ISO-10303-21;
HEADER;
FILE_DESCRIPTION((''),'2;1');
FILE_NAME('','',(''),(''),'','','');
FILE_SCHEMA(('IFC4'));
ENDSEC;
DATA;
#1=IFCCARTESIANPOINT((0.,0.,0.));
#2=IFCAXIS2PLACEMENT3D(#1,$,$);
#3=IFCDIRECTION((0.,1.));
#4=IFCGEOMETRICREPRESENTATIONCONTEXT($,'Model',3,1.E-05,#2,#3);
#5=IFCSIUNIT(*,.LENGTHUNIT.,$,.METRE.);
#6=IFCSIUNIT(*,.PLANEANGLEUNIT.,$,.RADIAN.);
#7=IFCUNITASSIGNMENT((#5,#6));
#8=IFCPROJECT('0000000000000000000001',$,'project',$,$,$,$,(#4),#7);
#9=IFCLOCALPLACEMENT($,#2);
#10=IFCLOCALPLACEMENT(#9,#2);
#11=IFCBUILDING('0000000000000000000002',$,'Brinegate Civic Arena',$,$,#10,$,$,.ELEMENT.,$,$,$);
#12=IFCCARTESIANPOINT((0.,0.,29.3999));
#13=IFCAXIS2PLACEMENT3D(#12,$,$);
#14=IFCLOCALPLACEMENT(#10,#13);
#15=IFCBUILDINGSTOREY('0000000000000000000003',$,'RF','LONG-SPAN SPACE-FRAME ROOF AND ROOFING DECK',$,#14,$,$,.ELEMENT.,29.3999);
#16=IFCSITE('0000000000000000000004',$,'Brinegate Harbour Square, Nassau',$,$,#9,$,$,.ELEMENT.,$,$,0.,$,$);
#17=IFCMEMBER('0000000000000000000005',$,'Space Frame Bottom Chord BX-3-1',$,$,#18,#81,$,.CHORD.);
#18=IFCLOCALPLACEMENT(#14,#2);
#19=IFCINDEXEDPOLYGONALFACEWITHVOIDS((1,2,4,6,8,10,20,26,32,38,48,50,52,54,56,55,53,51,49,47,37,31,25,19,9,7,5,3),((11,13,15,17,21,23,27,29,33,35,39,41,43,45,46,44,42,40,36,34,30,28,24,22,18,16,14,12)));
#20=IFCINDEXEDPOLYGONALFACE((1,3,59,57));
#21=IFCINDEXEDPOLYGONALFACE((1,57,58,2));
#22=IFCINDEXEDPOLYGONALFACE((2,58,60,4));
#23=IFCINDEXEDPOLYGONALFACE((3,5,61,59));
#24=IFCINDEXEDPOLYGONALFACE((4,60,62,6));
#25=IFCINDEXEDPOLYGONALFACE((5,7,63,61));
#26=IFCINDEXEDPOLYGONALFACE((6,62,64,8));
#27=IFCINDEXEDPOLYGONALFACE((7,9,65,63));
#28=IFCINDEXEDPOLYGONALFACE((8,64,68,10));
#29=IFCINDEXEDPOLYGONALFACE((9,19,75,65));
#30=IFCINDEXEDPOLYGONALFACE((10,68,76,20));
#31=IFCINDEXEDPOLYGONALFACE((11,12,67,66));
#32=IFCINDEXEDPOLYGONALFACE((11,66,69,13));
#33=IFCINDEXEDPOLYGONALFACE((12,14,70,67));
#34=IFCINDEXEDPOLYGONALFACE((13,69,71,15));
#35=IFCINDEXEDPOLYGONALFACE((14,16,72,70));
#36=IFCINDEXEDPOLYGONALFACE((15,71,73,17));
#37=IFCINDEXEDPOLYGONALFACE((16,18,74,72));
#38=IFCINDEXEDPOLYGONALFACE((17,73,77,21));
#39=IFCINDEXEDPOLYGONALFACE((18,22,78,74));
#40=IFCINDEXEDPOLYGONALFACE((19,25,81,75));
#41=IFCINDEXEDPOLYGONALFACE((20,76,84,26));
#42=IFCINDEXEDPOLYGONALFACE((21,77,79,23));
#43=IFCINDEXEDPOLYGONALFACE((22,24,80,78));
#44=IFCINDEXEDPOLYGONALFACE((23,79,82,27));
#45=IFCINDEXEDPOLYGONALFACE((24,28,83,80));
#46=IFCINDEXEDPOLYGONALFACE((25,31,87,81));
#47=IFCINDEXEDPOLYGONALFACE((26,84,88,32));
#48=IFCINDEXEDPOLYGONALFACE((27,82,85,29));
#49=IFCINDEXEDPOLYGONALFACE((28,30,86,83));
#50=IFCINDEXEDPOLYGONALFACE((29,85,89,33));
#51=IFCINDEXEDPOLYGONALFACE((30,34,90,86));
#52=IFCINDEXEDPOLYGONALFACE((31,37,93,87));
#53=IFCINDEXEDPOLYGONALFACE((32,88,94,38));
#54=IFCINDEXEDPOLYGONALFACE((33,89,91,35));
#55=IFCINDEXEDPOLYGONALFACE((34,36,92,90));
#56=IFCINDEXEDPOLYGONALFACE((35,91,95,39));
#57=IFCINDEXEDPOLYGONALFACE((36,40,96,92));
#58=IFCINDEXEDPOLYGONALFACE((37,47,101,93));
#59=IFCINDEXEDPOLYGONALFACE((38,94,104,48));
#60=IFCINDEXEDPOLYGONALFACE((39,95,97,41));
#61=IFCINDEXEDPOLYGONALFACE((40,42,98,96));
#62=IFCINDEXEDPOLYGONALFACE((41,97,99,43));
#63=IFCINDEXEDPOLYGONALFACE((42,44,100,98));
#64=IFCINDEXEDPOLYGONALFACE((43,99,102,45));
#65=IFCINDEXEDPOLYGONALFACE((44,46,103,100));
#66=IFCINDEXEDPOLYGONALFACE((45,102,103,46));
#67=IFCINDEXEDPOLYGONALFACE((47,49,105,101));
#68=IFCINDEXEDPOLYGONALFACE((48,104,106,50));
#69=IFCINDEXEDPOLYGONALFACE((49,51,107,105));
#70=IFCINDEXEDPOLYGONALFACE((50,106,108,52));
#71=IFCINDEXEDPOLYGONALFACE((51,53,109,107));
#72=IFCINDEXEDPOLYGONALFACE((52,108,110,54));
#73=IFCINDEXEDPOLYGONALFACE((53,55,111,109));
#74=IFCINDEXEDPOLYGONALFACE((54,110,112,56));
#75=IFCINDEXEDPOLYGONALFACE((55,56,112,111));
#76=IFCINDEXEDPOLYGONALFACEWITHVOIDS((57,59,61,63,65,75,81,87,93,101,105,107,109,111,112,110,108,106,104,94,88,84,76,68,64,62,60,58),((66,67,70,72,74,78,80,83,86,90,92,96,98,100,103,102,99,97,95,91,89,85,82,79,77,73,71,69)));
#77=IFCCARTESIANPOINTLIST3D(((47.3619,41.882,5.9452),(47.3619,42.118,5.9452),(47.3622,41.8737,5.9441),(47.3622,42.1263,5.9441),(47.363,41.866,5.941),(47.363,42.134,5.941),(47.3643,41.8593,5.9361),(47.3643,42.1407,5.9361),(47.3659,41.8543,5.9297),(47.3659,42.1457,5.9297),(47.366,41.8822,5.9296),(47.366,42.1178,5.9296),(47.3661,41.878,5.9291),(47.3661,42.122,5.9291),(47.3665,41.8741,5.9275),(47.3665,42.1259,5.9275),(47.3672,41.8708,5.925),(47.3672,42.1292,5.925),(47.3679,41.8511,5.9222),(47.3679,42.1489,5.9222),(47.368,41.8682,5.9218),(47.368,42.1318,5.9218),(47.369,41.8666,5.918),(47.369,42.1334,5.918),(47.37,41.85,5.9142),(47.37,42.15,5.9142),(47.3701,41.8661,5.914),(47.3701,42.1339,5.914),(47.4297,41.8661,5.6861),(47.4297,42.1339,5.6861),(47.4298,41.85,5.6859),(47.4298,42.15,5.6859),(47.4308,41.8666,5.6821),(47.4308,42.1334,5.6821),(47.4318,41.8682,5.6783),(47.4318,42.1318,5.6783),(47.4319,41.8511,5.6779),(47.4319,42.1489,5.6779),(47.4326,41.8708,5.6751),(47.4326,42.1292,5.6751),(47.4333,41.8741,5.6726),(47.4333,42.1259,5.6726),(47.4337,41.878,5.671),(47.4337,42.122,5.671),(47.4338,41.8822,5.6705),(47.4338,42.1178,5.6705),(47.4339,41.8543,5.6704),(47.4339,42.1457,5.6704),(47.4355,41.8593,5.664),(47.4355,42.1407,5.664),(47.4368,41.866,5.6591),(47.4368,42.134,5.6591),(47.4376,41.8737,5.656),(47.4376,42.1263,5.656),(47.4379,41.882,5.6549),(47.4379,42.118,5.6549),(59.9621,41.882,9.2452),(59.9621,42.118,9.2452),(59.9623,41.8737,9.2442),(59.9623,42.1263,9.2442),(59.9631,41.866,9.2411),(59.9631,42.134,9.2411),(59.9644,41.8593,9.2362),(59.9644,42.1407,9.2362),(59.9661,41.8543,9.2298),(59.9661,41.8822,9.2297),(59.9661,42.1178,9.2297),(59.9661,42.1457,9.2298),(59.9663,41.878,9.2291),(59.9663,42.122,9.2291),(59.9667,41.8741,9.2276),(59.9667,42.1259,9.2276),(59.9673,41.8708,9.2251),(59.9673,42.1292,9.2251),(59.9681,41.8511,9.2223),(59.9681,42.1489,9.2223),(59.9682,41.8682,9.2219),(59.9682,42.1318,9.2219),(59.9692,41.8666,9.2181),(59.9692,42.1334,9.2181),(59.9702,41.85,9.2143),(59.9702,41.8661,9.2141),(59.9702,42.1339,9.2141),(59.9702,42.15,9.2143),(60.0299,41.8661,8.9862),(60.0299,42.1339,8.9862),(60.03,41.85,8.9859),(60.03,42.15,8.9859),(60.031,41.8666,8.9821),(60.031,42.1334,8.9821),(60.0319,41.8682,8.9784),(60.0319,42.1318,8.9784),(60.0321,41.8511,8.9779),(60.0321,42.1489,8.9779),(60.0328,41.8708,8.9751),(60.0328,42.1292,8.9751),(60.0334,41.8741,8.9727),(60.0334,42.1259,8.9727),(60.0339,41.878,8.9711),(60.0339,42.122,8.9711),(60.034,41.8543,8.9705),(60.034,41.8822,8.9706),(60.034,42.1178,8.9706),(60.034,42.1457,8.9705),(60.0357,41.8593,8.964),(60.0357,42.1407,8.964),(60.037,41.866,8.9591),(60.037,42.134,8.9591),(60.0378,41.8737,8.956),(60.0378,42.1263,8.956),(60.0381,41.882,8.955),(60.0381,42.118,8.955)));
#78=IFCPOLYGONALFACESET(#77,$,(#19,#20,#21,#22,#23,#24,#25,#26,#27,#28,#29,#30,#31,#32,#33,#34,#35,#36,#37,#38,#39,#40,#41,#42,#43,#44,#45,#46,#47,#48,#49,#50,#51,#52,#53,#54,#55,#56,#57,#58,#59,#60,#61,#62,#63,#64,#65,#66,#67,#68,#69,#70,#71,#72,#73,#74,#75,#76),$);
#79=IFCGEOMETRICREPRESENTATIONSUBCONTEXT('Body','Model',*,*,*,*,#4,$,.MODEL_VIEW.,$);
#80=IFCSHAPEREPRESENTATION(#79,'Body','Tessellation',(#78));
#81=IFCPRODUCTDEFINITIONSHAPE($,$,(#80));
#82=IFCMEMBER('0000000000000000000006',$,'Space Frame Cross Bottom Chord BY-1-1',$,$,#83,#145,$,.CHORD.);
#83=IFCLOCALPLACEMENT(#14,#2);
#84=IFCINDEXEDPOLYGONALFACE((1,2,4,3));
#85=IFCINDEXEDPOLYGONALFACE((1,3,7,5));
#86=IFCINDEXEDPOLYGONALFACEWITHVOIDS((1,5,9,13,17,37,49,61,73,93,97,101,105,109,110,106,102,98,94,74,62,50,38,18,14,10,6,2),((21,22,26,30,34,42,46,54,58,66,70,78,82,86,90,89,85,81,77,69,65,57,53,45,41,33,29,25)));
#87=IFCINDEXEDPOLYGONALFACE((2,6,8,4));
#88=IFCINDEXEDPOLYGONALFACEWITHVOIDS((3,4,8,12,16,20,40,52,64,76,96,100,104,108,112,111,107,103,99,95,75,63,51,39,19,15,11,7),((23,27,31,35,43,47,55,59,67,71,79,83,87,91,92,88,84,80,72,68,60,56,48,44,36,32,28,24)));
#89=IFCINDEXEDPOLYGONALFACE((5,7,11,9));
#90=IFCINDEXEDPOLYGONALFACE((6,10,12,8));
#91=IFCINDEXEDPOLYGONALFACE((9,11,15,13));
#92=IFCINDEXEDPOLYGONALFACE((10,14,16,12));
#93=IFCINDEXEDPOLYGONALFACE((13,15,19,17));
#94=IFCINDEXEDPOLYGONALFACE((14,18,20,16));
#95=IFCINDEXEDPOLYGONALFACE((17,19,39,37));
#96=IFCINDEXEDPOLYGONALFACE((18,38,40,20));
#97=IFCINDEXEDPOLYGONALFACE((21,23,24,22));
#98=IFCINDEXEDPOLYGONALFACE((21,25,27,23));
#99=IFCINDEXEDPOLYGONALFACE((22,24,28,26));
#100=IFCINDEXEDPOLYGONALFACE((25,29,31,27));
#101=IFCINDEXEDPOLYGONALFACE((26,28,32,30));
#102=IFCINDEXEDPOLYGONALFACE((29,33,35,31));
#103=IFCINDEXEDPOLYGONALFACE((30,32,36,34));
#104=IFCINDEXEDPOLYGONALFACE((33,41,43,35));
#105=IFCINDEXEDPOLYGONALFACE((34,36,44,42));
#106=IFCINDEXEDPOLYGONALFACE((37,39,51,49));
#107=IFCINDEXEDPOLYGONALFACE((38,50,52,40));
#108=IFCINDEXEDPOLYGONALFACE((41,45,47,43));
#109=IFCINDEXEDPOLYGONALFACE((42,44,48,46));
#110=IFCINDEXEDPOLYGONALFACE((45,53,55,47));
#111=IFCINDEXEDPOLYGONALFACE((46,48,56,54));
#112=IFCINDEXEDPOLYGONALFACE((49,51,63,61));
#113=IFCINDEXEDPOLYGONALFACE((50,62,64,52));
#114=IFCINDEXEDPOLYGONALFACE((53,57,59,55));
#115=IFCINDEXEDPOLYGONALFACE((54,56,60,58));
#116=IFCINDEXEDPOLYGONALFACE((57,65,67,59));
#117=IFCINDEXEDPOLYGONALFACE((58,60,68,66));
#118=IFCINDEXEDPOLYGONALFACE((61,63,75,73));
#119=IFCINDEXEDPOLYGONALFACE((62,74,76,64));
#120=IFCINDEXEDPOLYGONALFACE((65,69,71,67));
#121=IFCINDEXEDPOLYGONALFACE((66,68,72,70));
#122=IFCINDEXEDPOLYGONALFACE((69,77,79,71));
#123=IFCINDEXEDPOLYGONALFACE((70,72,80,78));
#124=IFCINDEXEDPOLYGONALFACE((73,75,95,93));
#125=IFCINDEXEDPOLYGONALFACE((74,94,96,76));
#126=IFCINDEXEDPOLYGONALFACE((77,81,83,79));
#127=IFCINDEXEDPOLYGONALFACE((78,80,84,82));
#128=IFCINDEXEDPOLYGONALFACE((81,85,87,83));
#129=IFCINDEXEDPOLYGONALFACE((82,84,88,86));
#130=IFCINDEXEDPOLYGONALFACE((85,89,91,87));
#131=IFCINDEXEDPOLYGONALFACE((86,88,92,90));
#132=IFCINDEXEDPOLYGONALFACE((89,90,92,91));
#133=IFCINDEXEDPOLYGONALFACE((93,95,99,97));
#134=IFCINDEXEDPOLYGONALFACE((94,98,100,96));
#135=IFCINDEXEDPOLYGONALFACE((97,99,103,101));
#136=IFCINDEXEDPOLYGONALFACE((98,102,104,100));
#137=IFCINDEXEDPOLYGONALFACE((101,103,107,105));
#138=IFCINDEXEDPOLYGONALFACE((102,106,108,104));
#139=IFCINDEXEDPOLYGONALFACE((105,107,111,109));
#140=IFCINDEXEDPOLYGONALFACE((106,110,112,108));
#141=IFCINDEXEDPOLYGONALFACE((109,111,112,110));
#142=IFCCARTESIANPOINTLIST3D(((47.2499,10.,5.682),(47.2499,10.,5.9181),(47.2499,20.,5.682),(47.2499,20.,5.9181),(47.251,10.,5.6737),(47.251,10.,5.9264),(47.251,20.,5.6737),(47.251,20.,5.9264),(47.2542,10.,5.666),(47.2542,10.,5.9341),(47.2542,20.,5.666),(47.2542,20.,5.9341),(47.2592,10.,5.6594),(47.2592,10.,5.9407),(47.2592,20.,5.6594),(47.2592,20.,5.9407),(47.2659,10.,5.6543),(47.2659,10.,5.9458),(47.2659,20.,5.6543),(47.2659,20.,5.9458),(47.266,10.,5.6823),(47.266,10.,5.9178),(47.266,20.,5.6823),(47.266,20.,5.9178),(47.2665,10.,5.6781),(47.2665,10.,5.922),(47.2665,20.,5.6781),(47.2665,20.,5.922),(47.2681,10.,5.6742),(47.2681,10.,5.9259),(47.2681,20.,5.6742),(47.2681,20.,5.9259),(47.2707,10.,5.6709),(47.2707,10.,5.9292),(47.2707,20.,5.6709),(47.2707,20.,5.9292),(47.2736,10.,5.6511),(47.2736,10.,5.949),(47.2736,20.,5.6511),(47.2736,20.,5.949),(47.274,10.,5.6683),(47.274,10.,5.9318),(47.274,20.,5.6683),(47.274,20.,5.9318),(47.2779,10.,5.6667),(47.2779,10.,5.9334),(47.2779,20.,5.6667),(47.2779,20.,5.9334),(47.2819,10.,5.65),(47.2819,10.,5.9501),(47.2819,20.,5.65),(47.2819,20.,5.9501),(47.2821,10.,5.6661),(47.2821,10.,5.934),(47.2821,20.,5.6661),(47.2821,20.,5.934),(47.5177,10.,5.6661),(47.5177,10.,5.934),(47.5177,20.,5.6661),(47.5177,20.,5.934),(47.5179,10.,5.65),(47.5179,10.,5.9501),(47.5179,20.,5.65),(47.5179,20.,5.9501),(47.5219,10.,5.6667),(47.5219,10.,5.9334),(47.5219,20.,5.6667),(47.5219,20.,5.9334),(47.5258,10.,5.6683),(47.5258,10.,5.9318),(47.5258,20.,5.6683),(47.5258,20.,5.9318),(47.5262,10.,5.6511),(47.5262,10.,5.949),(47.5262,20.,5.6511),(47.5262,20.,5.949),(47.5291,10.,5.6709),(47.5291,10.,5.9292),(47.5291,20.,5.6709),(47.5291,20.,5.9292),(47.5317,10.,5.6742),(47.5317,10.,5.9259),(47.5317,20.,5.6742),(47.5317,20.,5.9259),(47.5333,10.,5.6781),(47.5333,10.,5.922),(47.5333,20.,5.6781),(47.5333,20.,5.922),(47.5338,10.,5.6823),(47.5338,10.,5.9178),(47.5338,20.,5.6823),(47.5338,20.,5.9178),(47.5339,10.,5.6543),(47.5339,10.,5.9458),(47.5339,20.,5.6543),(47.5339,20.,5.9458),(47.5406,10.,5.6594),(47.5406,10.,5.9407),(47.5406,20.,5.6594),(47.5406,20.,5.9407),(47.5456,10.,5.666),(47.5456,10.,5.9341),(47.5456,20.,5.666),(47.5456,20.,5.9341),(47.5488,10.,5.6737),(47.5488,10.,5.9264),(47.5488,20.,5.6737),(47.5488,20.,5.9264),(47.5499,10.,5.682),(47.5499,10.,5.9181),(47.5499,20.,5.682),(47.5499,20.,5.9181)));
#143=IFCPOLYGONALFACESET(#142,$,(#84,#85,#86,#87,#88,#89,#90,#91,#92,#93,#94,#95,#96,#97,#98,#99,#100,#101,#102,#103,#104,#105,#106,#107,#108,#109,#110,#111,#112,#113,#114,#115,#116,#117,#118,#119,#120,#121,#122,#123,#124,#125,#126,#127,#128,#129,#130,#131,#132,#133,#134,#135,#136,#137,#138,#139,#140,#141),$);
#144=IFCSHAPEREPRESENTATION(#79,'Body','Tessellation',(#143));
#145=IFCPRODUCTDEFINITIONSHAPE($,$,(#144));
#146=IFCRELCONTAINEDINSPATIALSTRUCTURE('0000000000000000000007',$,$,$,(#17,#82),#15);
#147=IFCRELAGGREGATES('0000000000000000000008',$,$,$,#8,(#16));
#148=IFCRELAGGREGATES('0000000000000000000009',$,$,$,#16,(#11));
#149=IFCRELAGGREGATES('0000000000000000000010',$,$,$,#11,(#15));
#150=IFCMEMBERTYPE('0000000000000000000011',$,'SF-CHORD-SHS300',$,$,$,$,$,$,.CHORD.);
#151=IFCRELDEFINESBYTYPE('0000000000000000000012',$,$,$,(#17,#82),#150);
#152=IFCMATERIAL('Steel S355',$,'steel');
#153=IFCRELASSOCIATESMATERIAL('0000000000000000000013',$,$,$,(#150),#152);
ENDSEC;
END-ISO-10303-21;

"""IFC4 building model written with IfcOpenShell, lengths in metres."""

from ifc_helpers import new_model, si_unit, direction, frame, origin, origin_2d, place, context, subcontext, project, spatial, hollow_rectangle, extrude, material, material_profile, profile_set, type_object, element, save


model = new_model("IFC4")

# Units and contexts
model_context = context("Model", 3, precision=1e-05, world=origin(), true_north=direction((0.0, 1.0)))
body_context = subcontext(model_context, "Body", "Model", "MODEL_VIEW")
ifc_project = project(units=[si_unit("LENGTHUNIT", "METRE"), si_unit("PLANEANGLEUNIT", "RADIAN")], contexts=[model_context])

# Site, building, storey
site_placement = place(None, origin())
site = spatial("IfcSite", under=ifc_project, at=site_placement, Name="Brinegate Harbour Square, Nassau", CompositionType="ELEMENT", RefElevation=0.0)
building_placement = place(site_placement, origin())
building = spatial("IfcBuilding", under=site, at=building_placement, Name="Brinegate Civic Arena", CompositionType="ELEMENT")
storey_placement = place(building_placement, frame((0.0, 0.0, 29.3999)))
storey = spatial("IfcBuildingStorey", under=building, at=storey_placement, Name="RF", Description="LONG-SPAN SPACE-FRAME ROOF AND ROOFING DECK", CompositionType="ELEMENT", Elevation=29.3999)

# Members
ifc_material_1 = material(Name="Steel S355", Category="steel")
ifc_material_profile_1 = material_profile(ifc_material_1, hollow_rectangle(XDim=0.3, YDim=0.3, WallThickness=0.0161, InnerFilletRadius=0.0161, OuterFilletRadius=0.032, at=origin_2d()), Name="SHS300X16")
ifc_profile_set_1 = profile_set([ifc_material_profile_1], Name="Steel S355")
member_type_1 = type_object("IfcMemberType", Name="SF-CHORD-SHS300", PredefinedType="CHORD", material=ifc_profile_set_1)
member_1_placement = place(storey_placement, frame((47.3999, 42.0, 5.8), z_axis=(0.967372, 0.0, 0.253361), x_axis=(0.0, 1.0, 0.0)))
element("IfcMember", 1, at=member_1_placement, inside=storey, type_object=member_type_1, Name="Space Frame Bottom Chord BX-3-1", PredefinedType="CHORD", context=body_context, shape_type="SweptSolid", body=[
    extrude(hollow_rectangle(XDim=0.3, YDim=0.3, WallThickness=0.0161, InnerFilletRadius=0.0161, OuterFilletRadius=0.032, at=origin_2d()), origin(), (0.0, 0.0, 1.0), 13.0251),
])
member_2_placement = place(storey_placement, frame((47.3999, 10.0, 5.8), z_axis=(0.0, 1.0, 0.0), x_axis=(-1.0, 0.0, 0.0)))
element("IfcMember", 2, at=member_2_placement, inside=storey, type_object=member_type_1, Name="Space Frame Cross Bottom Chord BY-1-1", PredefinedType="CHORD", context=body_context, shape_type="SweptSolid", body=[
    extrude(hollow_rectangle(XDim=0.3, YDim=0.3, WallThickness=0.0161, InnerFilletRadius=0.0161, OuterFilletRadius=0.032, at=origin_2d()), origin(), (0.0, 0.0, 1.0), 10.0),
])

save(model, "model.ifc")
